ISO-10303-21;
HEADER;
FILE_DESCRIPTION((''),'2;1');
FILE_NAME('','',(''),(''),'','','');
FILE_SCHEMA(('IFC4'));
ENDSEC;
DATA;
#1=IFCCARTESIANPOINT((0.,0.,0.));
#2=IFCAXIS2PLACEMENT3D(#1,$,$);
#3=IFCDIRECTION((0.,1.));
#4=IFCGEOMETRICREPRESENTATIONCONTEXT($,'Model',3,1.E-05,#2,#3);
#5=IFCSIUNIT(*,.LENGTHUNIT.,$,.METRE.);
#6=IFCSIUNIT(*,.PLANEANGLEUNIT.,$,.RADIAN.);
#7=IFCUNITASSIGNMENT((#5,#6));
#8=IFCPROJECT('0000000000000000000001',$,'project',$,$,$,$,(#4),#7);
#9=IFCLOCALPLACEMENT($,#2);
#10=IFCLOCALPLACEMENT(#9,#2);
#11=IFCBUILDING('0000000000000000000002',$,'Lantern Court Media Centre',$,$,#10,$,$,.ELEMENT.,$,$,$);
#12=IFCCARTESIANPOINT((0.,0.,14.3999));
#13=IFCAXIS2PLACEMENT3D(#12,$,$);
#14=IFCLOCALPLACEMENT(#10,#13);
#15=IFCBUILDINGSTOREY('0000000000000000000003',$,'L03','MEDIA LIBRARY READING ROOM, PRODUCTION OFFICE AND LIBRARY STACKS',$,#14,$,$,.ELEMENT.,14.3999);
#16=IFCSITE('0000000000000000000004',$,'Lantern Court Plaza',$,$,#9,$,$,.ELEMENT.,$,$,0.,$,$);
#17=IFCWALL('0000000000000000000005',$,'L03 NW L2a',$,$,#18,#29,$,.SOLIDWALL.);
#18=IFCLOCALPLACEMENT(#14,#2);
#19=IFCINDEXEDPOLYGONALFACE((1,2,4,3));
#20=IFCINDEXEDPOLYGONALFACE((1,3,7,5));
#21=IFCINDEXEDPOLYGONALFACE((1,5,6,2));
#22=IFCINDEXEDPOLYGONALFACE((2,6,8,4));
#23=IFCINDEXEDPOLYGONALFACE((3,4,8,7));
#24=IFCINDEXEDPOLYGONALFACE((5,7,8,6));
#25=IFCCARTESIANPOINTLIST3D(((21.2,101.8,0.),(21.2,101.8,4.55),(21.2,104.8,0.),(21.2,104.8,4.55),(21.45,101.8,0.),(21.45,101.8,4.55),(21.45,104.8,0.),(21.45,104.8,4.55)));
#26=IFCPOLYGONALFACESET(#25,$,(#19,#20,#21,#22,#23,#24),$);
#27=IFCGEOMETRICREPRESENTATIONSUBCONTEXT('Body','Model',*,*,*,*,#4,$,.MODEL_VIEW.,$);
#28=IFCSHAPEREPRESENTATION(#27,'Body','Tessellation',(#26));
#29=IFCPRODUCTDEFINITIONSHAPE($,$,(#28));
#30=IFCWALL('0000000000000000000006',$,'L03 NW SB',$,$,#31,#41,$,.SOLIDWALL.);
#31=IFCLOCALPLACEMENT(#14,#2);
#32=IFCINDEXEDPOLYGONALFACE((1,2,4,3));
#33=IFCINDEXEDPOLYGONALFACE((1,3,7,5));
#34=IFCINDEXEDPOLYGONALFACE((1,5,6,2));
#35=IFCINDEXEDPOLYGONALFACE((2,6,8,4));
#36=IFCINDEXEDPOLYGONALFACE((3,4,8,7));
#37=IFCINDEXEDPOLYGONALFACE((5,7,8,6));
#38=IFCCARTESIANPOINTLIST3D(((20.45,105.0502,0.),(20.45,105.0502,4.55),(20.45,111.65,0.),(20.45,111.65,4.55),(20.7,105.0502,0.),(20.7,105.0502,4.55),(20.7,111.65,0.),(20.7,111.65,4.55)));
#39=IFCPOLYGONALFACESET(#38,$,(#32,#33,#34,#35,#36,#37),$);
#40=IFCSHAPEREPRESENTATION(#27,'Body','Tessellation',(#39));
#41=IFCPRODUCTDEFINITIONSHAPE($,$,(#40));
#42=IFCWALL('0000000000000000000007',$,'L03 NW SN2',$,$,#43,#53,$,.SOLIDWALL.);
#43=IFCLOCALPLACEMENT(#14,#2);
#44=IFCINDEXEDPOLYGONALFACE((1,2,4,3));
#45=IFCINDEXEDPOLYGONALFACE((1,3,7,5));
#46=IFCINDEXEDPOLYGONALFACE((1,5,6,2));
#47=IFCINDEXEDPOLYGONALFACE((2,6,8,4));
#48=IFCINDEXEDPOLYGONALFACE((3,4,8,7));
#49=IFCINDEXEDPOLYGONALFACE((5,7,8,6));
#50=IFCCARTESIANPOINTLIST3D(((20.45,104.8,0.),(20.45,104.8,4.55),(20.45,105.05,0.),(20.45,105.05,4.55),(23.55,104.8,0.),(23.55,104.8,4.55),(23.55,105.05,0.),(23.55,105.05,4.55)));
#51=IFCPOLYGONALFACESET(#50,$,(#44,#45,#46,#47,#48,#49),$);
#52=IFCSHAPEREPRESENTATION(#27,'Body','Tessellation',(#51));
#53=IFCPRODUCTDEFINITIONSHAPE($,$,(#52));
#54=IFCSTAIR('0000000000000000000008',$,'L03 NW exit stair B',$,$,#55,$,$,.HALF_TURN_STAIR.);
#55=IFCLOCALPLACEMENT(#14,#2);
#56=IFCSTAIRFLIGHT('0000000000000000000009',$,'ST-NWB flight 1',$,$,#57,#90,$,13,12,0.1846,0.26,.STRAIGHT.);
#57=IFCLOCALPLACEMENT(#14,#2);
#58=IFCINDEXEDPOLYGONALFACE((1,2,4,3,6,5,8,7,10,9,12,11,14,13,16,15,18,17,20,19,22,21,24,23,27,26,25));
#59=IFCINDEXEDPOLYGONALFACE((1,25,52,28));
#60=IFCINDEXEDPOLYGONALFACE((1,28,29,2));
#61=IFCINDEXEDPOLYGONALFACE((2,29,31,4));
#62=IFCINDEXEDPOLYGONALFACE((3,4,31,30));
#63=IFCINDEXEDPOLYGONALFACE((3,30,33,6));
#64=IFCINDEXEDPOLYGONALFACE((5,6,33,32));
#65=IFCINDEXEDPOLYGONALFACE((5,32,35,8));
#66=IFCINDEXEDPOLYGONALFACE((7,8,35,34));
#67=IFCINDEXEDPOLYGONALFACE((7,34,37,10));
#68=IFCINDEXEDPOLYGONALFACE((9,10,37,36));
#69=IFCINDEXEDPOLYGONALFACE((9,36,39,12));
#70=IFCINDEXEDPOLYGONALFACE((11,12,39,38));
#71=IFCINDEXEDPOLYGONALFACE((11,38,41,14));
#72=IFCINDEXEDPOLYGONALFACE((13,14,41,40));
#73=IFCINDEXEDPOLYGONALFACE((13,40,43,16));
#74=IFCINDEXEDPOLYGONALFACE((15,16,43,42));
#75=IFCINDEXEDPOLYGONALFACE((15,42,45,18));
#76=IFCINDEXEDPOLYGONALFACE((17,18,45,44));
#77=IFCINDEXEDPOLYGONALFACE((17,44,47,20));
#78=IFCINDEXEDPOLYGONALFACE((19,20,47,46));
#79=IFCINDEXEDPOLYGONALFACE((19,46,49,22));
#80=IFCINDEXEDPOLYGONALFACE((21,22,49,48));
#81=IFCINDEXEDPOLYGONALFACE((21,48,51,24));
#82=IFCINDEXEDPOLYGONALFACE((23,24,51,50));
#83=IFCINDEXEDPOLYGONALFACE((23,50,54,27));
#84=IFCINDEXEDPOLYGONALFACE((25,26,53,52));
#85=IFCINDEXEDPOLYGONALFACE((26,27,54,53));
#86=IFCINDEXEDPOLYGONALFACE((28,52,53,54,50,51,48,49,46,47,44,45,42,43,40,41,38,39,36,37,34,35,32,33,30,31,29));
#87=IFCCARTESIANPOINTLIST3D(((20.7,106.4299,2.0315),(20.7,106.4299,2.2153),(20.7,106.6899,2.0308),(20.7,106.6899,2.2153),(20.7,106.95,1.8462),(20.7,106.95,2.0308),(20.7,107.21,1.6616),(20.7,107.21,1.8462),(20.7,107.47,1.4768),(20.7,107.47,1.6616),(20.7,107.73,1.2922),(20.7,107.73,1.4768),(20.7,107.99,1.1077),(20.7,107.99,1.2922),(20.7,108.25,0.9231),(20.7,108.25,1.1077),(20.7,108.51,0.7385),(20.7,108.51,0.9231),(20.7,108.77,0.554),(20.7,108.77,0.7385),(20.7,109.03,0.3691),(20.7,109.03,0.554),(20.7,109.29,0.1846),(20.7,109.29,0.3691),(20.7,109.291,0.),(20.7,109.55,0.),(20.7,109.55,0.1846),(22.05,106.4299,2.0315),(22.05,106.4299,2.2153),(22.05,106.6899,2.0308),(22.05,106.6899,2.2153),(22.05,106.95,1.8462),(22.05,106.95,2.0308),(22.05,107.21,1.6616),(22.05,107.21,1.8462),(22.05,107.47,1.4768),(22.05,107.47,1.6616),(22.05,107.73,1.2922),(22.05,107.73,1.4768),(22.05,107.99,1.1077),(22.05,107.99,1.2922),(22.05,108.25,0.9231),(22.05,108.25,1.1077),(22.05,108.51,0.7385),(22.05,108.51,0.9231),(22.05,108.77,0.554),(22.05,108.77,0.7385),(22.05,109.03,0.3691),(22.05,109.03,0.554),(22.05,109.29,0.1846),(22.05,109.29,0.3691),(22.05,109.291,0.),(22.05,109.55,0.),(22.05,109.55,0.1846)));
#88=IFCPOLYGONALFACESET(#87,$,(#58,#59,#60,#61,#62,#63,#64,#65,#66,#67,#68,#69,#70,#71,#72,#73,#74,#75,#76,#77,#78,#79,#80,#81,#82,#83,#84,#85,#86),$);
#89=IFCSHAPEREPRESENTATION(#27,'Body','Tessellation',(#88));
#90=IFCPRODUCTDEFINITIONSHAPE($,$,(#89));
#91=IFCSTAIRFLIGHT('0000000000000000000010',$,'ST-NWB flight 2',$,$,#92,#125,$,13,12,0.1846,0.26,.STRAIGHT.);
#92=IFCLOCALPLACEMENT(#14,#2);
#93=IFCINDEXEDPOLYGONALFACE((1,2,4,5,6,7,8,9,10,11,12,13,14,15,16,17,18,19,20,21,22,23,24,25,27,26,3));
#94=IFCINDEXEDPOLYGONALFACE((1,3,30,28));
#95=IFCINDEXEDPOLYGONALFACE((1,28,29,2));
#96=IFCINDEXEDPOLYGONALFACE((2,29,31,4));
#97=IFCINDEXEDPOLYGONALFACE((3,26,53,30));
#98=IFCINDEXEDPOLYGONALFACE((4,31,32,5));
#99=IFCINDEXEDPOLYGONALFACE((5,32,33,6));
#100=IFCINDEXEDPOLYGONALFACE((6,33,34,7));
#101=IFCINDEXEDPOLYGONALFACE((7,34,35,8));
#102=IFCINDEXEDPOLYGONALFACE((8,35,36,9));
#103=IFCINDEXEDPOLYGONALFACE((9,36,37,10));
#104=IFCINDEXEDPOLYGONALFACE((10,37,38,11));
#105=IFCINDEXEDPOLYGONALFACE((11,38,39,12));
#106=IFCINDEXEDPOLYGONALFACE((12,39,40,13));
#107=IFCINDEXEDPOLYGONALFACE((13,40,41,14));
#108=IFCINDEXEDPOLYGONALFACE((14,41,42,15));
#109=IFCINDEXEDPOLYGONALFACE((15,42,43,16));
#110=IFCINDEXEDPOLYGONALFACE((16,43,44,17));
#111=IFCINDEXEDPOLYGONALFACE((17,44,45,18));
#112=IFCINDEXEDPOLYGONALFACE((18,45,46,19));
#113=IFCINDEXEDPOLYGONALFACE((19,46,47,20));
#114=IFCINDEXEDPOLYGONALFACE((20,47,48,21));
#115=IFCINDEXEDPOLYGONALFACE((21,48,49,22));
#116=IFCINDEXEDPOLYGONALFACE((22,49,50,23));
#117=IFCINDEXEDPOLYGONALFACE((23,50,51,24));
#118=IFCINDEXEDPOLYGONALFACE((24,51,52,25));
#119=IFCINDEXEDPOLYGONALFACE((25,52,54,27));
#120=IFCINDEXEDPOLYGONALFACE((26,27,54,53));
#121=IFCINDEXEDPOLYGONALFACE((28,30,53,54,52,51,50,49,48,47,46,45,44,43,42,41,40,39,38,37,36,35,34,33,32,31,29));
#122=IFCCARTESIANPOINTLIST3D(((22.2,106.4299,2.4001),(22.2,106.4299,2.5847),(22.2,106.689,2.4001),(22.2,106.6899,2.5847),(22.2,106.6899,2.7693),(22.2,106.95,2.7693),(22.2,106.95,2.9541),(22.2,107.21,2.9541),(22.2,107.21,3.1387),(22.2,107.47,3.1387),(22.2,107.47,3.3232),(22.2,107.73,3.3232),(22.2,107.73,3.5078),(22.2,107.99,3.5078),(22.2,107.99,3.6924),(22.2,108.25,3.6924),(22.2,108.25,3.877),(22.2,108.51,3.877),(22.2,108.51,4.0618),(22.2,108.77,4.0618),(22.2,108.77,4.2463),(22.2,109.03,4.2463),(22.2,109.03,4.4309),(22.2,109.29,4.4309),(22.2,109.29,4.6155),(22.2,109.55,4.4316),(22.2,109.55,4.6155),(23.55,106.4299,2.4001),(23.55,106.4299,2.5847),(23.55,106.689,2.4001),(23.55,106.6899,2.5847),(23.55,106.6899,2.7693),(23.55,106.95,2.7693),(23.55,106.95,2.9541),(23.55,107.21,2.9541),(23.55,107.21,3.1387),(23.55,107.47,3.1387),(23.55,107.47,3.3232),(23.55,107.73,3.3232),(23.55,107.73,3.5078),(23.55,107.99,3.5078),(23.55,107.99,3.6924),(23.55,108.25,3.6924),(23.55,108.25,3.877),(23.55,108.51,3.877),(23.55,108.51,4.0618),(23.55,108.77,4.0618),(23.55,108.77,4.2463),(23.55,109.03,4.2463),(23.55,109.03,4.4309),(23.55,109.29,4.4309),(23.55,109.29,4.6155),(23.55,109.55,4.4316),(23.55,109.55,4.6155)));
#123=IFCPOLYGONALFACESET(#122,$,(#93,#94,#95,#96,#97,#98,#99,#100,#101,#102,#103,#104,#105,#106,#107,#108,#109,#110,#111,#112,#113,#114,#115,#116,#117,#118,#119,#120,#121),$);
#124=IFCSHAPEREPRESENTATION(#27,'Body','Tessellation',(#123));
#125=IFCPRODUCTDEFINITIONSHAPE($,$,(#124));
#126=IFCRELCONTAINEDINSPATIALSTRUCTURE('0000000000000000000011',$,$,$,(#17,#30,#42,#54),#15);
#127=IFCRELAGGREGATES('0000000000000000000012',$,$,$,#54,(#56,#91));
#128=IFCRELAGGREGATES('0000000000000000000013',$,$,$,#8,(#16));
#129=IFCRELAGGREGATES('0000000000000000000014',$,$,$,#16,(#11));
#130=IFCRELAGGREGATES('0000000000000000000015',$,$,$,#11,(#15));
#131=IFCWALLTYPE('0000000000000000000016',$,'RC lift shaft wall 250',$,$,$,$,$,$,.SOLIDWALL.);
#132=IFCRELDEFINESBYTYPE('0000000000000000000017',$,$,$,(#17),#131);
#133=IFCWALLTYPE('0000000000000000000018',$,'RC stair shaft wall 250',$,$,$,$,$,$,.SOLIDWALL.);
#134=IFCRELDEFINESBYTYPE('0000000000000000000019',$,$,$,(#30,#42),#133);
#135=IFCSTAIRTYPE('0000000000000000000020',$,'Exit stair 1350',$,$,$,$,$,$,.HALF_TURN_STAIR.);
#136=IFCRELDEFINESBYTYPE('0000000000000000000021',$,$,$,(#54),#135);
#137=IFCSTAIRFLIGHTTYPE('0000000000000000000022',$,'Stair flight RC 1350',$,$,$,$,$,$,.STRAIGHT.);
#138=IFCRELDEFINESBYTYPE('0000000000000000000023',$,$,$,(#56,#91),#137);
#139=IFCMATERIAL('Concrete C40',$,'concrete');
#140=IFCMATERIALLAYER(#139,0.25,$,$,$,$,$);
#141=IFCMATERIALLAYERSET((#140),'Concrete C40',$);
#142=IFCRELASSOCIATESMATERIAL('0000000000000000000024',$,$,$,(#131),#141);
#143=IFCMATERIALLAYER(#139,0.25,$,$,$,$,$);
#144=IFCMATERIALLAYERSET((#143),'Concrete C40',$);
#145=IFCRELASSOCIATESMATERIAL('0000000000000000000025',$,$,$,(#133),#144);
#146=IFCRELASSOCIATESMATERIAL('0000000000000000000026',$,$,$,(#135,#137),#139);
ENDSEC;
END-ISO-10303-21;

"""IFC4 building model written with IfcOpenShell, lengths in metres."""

from ifc_helpers import new_model, si_unit, direction, frame, frame_2d, origin, place, context, subcontext, project, spatial, polyline, rectangle, outline, extrude, material, layer, layer_set, type_object, element, aggregate, save


model = new_model("IFC4")

# Units and contexts
model_context = context("Model", 3, precision=1e-05, world=origin(), true_north=direction((0.0, 1.0)))
body_context = subcontext(model_context, "Body", "Model", "MODEL_VIEW")
ifc_project = project(units=[si_unit("LENGTHUNIT", "METRE"), si_unit("PLANEANGLEUNIT", "RADIAN")], contexts=[model_context])

# Site, building, storey
site_placement = place(None, origin())
site = spatial("IfcSite", under=ifc_project, at=site_placement, Name="Lantern Court Plaza", CompositionType="ELEMENT", RefElevation=0.0)
building_placement = place(site_placement, origin())
building = spatial("IfcBuilding", under=site, at=building_placement, Name="Lantern Court Media Centre", CompositionType="ELEMENT")
storey_placement = place(building_placement, frame((0.0, 0.0, 14.3999)))
storey = spatial("IfcBuildingStorey", under=building, at=storey_placement, Name="L03", Description="MEDIA LIBRARY READING ROOM, PRODUCTION OFFICE AND LIBRARY STACKS", CompositionType="ELEMENT", Elevation=14.3999)

# Walls
ifc_material_1 = material(Name="Concrete C40", Category="concrete")
ifc_layer_1 = layer(ifc_material_1, 0.25)
ifc_layer_set_1 = layer_set([ifc_layer_1], Name="Concrete C40")
wall_type_1 = type_object("IfcWallType", Name="RC lift shaft wall 250", PredefinedType="SOLIDWALL", material=ifc_layer_set_1)
wall_1_placement = place(storey_placement, frame((21.325, 104.8, 0.0), z_axis=(0.0, 0.0, 1.0), x_axis=(0.0, -1.0, 0.0)))
element("IfcWall", 1, at=wall_1_placement, inside=storey, type_object=wall_type_1, Name="L03 NW L2a", PredefinedType="SOLIDWALL", context=body_context, shape_type="SweptSolid", body=[
    extrude(rectangle(XDim=3.0, YDim=0.25, at=frame_2d((1.5, 0.0))), origin(), (0.0, 0.0, 1.0), 4.55),
])
ifc_layer_2 = layer(ifc_material_1, 0.25)
ifc_layer_set_2 = layer_set([ifc_layer_2], Name="Concrete C40")
wall_type_2 = type_object("IfcWallType", Name="RC stair shaft wall 250", PredefinedType="SOLIDWALL", material=ifc_layer_set_2)
wall_2_placement = place(storey_placement, frame((20.575, 111.6499, 0.0), z_axis=(0.0, 0.0, 1.0), x_axis=(0.0, -1.0, 0.0)))
element("IfcWall", 2, at=wall_2_placement, inside=storey, type_object=wall_type_2, Name="L03 NW SB", PredefinedType="SOLIDWALL", context=body_context, shape_type="SweptSolid", body=[
    extrude(rectangle(XDim=6.5999, YDim=0.25, at=frame_2d((3.2998, 0.0))), origin(), (0.0, 0.0, 1.0), 4.55),
])
wall_3_placement = place(storey_placement, frame((20.45, 104.925, 0.0), z_axis=(0.0, 0.0, 1.0), x_axis=(1.0, 0.0, 0.0)))
element("IfcWall", 3, at=wall_3_placement, inside=storey, type_object=wall_type_2, Name="L03 NW SN2", PredefinedType="SOLIDWALL", context=body_context, shape_type="SweptSolid", body=[
    extrude(rectangle(XDim=3.1001, YDim=0.25, at=frame_2d((1.55, 0.0))), origin(), (0.0, 0.0, 1.0), 4.55),
])

# Stair, stair flights
stair_type = type_object("IfcStairType", Name="Exit stair 1350", PredefinedType="HALF_TURN_STAIR", material=ifc_material_1)
stair_placement = place(storey_placement, origin())
stair = element("IfcStair", 4, at=stair_placement, inside=storey, type_object=stair_type, Name="L03 NW exit stair B", PredefinedType="HALF_TURN_STAIR")
stair_flight_type = type_object("IfcStairFlightType", Name="Stair flight RC 1350", PredefinedType="STRAIGHT", material=ifc_material_1)
stair_flight_1_placement = place(storey_placement, frame((21.375, 109.55, 0.0), z_axis=(0.0, 0.0, 1.0), x_axis=(0.0, -1.0, 0.0)))
stair_flight_1 = element("IfcStairFlight", 5, at=stair_flight_1_placement, type_object=stair_flight_type, Name="ST-NWB flight 1", NumberOfRisers=13, NumberOfTreads=12, PredefinedType="STRAIGHT", RiserHeight=0.1846, TreadLength=0.26, context=body_context, shape_type="SweptSolid", body=[
    extrude(outline(polyline([(0.0, 0.0), (0.0, 0.1846), (0.26, 0.1846), (0.26, 0.3691), (0.52, 0.3691), (0.52, 0.554), (0.78, 0.554), (0.78, 0.7385), (1.04, 0.7385), (1.04, 0.9231), (1.3, 0.9231), (1.3, 1.1077), (1.5601, 1.1077), (1.5601, 1.2922), (1.8201, 1.2922), (1.8201, 1.4768), (2.0801, 1.4768), (2.0801, 1.6616), (2.3401, 1.6616), (2.3401, 1.8462), (2.6001, 1.8462), (2.6001, 2.0308), (2.8601, 2.0308), (2.8601, 2.2153), (3.1201, 2.2153), (3.1201, 2.3999), (3.1201, 2.0315), (0.259, 0.0), (0.0, 0.0)])), frame((0.0, 0.675, 0.0), z_axis=(0.0, -1.0, 0.0), x_axis=(1.0, 0.0, 0.0)), (0.0, 0.0, 1.0), 1.3501),
])
stair_flight_2_placement = place(storey_placement, frame((22.875, 106.4299, 2.4001), z_axis=(0.0, 0.0, 1.0), x_axis=(0.0, 1.0, 0.0)))
stair_flight_2 = element("IfcStairFlight", 6, at=stair_flight_2_placement, type_object=stair_flight_type, Name="ST-NWB flight 2", NumberOfRisers=13, NumberOfTreads=12, PredefinedType="STRAIGHT", RiserHeight=0.1846, TreadLength=0.26, context=body_context, shape_type="SweptSolid", body=[
    extrude(outline(polyline([(0.0, 0.0), (0.0, 0.1846), (0.26, 0.1846), (0.26, 0.3691), (0.52, 0.3691), (0.52, 0.554), (0.78, 0.554), (0.78, 0.7385), (1.04, 0.7385), (1.04, 0.9231), (1.3, 0.9231), (1.3, 1.1077), (1.5601, 1.1077), (1.5601, 1.2922), (1.8201, 1.2922), (1.8201, 1.4768), (2.0801, 1.4768), (2.0801, 1.6616), (2.3401, 1.6616), (2.3401, 1.8462), (2.6001, 1.8462), (2.6001, 2.0308), (2.8601, 2.0308), (2.8601, 2.2153), (3.1201, 2.2153), (3.1201, 2.3999), (3.1201, 2.0315), (0.259, 0.0), (0.0, 0.0)])), frame((0.0, 0.675, 0.0), z_axis=(0.0, -1.0, 0.0), x_axis=(1.0, 0.0, 0.0)), (0.0, 0.0, 1.0), 1.3501),
])
aggregate(stair, [stair_flight_1, stair_flight_2])

save(model, "model.ifc")
